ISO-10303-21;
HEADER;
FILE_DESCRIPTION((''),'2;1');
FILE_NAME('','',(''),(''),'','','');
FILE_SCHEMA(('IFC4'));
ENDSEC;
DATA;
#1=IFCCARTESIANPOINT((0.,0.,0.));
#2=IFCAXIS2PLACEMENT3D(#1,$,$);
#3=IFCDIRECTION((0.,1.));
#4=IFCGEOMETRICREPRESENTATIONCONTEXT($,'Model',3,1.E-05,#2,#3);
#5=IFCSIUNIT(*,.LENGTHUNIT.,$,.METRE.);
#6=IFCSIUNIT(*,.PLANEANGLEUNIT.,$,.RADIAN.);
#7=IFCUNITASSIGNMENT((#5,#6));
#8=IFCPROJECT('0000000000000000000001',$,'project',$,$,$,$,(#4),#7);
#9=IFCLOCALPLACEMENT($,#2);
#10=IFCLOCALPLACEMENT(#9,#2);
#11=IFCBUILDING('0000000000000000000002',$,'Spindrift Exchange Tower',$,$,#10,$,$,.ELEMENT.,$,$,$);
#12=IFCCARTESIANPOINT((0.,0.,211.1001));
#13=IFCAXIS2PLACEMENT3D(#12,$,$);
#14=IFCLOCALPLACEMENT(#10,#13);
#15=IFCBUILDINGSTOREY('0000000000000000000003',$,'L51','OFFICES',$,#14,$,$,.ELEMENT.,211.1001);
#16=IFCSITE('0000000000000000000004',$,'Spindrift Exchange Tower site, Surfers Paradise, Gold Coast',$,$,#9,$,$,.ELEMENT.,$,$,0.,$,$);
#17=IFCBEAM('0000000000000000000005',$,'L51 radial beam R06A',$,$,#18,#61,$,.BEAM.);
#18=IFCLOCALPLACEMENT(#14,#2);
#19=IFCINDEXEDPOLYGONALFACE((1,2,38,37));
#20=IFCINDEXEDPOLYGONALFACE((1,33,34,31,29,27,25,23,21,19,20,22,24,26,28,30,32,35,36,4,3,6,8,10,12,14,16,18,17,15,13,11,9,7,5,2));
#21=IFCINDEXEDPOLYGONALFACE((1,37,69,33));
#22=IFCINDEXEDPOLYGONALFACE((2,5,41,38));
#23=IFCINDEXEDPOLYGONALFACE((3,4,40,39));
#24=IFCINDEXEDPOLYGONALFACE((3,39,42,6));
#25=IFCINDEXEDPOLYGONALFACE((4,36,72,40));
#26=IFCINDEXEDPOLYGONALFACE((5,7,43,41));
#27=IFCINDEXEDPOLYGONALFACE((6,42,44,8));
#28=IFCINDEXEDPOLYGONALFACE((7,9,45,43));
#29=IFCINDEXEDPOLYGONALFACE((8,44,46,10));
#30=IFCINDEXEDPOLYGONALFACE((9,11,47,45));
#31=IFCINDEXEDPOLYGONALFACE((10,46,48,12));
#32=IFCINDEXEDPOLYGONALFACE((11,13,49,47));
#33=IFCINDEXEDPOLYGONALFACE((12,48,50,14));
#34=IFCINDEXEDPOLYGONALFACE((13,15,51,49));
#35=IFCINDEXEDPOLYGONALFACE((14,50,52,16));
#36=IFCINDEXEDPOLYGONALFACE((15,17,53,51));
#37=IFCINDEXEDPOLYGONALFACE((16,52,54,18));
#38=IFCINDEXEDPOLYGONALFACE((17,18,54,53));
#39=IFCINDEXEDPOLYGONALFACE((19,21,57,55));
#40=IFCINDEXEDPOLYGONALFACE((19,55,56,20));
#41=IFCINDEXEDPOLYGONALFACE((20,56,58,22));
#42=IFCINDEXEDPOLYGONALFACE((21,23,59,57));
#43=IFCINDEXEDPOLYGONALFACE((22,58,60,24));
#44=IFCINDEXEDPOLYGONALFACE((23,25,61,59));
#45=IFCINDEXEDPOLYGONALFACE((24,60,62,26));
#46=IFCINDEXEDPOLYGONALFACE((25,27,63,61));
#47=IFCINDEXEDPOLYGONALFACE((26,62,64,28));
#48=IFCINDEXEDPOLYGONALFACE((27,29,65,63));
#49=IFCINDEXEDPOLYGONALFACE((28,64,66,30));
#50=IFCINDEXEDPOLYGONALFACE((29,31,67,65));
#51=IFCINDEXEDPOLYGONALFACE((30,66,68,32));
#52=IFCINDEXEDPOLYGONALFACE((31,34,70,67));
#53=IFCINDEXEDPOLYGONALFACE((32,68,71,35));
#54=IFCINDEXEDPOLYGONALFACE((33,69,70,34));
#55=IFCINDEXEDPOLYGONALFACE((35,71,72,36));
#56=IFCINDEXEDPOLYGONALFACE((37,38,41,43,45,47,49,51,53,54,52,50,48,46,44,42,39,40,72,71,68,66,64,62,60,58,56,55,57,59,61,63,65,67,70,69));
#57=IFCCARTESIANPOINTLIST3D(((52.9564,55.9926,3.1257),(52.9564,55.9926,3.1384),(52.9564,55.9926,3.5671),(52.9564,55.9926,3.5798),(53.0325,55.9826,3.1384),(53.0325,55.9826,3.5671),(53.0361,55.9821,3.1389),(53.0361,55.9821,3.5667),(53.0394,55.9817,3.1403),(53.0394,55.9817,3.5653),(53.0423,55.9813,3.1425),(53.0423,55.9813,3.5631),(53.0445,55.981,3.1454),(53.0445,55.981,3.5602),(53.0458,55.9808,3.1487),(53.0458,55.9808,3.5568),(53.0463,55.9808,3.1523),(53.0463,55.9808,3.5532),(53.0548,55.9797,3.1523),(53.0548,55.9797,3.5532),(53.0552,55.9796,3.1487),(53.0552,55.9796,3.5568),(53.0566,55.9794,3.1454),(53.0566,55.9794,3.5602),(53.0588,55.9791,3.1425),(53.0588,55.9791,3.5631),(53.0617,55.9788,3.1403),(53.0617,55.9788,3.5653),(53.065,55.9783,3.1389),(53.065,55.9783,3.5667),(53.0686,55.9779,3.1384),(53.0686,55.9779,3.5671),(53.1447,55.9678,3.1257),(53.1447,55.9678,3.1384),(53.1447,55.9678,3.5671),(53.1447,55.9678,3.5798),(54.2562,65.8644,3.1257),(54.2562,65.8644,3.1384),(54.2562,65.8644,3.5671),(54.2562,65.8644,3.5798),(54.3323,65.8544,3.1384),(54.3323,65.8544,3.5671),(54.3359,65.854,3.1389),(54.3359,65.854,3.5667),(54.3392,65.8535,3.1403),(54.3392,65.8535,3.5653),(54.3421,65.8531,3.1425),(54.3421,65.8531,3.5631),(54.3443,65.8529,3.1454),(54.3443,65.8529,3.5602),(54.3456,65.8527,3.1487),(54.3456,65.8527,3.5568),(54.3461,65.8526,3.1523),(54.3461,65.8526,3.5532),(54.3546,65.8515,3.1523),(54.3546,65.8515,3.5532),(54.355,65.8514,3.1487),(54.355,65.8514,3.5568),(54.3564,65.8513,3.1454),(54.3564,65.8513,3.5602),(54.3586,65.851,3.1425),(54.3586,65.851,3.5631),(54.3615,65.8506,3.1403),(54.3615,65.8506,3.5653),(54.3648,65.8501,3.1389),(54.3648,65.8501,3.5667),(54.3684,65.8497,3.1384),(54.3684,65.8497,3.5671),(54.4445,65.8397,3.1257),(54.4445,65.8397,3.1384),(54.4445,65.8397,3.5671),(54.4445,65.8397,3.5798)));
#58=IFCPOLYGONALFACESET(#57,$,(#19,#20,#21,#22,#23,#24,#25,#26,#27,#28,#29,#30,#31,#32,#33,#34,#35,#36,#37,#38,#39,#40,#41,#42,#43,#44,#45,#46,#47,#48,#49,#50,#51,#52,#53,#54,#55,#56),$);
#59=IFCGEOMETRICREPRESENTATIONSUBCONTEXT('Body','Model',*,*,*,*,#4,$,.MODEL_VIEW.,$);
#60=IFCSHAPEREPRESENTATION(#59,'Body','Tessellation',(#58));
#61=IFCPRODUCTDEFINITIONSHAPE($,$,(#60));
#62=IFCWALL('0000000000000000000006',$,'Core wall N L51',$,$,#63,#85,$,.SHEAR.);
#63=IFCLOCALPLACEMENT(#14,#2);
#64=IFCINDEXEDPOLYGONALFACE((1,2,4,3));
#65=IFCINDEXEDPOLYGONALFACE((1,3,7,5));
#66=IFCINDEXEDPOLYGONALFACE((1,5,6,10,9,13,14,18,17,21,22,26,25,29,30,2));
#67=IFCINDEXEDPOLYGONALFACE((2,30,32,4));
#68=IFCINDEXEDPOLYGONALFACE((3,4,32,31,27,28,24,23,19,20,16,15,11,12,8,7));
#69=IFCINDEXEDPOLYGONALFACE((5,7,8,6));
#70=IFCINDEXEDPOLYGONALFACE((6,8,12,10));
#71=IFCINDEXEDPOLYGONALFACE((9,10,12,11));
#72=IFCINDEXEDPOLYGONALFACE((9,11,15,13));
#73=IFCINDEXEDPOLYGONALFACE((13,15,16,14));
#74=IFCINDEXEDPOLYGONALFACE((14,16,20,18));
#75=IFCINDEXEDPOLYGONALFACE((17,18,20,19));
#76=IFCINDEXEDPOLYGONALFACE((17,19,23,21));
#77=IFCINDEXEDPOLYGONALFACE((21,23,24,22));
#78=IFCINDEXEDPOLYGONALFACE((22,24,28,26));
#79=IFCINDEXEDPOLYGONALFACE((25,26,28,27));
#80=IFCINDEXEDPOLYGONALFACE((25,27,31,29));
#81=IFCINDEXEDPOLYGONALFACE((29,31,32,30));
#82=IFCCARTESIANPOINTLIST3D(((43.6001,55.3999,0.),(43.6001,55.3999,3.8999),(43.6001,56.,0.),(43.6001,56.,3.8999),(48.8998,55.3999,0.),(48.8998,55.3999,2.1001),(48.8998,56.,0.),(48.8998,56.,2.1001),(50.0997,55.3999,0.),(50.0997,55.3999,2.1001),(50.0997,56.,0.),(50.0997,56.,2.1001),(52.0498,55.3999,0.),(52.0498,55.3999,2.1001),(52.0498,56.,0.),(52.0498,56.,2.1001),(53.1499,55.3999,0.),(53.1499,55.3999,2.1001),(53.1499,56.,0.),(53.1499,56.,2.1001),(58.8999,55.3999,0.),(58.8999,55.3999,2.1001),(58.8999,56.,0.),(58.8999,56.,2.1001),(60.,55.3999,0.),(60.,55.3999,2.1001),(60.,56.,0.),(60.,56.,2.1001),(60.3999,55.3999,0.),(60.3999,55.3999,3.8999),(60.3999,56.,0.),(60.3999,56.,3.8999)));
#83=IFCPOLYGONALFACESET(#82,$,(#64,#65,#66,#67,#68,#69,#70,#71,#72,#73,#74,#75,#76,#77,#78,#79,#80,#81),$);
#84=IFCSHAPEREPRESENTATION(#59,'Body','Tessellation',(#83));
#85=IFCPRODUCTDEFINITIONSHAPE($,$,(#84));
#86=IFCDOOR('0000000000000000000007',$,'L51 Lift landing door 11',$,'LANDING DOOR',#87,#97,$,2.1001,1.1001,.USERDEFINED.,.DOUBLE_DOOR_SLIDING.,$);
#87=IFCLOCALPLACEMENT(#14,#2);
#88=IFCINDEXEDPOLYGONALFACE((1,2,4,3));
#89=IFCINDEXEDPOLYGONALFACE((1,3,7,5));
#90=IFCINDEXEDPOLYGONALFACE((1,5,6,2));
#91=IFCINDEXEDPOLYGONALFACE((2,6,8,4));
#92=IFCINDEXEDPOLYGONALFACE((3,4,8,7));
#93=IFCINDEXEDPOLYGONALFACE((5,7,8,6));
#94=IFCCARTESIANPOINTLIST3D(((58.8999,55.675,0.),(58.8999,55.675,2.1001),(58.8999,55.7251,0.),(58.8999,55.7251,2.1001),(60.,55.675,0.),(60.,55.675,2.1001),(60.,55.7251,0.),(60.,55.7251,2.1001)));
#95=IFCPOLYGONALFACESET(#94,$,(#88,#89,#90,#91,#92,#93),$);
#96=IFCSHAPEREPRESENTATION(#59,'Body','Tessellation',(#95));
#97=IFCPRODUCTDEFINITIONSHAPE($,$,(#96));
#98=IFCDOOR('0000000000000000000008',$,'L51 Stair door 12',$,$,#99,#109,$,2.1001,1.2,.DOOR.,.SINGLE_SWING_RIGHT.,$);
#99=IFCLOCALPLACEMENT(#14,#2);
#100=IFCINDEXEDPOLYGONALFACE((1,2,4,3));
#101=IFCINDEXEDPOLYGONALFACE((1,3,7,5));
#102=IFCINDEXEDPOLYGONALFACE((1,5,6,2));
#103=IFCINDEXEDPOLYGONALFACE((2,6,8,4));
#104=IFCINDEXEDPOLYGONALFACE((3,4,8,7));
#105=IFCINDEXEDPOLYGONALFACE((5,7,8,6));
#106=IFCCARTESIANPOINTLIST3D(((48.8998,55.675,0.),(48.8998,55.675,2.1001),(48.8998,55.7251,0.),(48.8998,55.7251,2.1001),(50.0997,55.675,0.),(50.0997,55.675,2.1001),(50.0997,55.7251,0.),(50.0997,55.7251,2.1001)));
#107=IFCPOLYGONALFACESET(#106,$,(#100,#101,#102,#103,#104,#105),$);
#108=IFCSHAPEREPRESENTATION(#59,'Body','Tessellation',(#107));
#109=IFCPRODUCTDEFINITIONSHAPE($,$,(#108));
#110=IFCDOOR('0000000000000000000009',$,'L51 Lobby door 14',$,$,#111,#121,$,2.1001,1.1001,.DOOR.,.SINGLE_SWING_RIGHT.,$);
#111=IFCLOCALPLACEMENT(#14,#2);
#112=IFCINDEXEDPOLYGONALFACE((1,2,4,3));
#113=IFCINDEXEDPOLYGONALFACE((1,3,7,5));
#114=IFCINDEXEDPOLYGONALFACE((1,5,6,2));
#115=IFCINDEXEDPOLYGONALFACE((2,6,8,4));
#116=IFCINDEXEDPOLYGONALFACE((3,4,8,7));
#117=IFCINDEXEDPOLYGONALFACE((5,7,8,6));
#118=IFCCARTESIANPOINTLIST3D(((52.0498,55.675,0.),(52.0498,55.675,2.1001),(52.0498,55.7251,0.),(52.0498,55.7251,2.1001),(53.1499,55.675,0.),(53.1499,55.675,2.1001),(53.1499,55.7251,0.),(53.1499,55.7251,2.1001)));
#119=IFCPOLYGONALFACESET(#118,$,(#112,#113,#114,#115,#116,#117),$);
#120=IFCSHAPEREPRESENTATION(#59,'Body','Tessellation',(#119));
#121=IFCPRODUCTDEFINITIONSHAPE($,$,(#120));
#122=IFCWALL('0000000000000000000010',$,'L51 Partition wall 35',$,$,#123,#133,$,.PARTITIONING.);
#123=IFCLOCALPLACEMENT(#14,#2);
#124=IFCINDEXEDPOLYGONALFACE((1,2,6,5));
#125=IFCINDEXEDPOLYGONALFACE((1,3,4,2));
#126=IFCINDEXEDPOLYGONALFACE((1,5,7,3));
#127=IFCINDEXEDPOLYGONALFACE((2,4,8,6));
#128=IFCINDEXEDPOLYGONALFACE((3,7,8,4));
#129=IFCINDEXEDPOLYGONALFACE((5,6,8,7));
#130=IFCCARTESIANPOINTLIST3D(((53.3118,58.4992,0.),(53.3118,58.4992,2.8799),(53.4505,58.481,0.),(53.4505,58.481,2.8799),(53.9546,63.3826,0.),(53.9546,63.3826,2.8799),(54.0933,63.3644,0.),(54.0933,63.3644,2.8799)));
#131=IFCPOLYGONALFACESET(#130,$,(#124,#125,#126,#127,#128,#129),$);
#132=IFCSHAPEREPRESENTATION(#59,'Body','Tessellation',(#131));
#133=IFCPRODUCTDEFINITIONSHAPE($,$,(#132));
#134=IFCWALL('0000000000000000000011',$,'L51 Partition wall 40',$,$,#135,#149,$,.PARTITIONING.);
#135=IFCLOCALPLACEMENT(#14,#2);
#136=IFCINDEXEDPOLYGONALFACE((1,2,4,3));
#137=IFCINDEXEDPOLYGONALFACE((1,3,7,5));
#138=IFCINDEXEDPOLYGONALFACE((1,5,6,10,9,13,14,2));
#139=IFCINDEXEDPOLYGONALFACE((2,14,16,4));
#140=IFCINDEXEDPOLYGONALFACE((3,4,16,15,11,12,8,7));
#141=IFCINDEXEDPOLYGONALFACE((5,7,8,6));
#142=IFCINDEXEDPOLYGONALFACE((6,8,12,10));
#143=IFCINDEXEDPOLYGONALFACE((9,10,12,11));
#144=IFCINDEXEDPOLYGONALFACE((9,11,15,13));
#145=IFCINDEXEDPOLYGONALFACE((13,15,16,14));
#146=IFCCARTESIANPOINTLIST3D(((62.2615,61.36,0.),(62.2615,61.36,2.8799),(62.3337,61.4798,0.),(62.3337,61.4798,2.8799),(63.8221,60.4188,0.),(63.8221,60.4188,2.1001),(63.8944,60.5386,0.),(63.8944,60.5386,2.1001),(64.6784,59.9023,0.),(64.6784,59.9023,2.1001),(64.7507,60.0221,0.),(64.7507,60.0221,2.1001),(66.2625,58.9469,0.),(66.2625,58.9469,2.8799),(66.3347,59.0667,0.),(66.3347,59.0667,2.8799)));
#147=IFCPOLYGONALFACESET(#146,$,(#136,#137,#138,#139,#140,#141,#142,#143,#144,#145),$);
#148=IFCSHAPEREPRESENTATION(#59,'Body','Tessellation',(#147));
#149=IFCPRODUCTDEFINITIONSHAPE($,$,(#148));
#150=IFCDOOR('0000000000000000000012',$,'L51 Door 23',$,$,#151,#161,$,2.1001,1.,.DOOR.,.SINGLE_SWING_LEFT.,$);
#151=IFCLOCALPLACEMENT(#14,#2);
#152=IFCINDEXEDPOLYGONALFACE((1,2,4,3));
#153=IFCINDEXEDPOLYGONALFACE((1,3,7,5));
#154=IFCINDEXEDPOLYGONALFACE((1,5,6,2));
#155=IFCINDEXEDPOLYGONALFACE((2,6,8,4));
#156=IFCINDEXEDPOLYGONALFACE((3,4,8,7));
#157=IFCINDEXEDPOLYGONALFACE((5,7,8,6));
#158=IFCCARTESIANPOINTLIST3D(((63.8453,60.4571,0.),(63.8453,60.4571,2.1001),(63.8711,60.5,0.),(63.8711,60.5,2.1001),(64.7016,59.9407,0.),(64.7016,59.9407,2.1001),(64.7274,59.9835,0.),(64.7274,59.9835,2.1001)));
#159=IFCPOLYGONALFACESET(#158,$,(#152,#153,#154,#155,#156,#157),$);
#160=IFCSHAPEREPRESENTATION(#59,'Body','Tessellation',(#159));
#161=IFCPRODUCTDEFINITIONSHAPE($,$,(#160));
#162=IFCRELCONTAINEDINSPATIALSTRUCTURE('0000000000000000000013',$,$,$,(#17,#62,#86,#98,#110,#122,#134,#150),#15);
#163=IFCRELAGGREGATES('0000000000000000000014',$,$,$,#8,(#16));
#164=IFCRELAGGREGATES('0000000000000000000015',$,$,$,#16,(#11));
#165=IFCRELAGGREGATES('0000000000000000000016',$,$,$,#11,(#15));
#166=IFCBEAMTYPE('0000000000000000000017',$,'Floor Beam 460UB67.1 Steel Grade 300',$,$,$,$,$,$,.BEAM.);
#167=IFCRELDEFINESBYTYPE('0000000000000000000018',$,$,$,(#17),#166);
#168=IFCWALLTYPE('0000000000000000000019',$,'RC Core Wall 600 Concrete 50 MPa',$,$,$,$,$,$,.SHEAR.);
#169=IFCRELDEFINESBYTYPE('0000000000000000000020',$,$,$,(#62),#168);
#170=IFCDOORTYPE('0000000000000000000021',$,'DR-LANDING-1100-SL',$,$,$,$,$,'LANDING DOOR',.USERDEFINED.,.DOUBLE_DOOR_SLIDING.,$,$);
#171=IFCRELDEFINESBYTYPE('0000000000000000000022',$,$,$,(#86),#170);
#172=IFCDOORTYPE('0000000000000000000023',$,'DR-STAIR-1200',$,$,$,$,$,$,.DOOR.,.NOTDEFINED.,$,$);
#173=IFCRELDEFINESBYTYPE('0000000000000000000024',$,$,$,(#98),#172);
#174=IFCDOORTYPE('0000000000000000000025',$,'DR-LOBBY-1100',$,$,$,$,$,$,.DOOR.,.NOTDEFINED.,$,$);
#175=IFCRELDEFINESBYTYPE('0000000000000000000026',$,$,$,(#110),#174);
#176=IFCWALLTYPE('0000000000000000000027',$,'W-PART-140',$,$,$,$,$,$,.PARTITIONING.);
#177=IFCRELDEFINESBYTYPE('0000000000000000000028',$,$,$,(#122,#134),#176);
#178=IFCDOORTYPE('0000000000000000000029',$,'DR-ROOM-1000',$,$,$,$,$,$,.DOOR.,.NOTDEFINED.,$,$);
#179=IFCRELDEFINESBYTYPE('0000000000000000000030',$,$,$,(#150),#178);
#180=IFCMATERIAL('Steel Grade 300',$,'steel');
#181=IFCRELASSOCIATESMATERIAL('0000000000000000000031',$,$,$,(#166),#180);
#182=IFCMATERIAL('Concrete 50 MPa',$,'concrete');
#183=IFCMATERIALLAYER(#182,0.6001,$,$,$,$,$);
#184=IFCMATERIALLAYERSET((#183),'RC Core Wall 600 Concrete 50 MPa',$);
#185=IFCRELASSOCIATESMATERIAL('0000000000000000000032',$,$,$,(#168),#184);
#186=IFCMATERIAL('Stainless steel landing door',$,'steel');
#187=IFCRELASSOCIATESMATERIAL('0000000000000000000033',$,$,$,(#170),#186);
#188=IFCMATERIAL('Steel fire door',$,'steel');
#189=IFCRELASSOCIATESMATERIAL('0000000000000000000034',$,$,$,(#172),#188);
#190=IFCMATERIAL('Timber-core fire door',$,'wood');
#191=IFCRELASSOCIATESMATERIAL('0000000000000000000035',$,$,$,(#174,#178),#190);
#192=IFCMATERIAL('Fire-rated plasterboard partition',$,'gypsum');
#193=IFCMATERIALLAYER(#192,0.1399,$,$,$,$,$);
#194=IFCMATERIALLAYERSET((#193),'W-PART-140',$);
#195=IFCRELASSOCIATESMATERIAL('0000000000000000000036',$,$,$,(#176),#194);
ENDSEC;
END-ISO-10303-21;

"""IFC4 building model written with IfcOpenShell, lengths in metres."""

from ifc_helpers import new_model, si_unit, direction, frame, frame_2d, origin, origin_2d, place, context, subcontext, project, spatial, rectangle, i_section, extrude, source, transform, mapped, material, layer, layer_set, material_profile, profile_set, type_object, element, fill, save


model = new_model("IFC4")

# Units and contexts
model_context = context("Model", 3, precision=1e-05, world=origin(), true_north=direction((0.0, 1.0)))
body_context = subcontext(model_context, "Body", "Model", "MODEL_VIEW")
ifc_project = project(units=[si_unit("LENGTHUNIT", "METRE"), si_unit("PLANEANGLEUNIT", "RADIAN")], contexts=[model_context])

# Site, building, storey
site_placement = place(None, origin())
site = spatial("IfcSite", under=ifc_project, at=site_placement, Name="Spindrift Exchange Tower site, Surfers Paradise, Gold Coast", CompositionType="ELEMENT", RefElevation=0.0)
building_placement = place(site_placement, origin())
building = spatial("IfcBuilding", under=site, at=building_placement, Name="Spindrift Exchange Tower", CompositionType="ELEMENT")
storey_placement = place(building_placement, frame((0.0, 0.0, 211.1001)))
storey = spatial("IfcBuildingStorey", under=building, at=storey_placement, Name="L51", Description="OFFICES", CompositionType="ELEMENT", Elevation=211.1001)

# Beam
ifc_material_1 = material(Name="Steel Grade 300", Category="steel")
ifc_material_profile_1 = material_profile(ifc_material_1, i_section(OverallWidth=0.1899, OverallDepth=0.4541, WebThickness=0.0085, FlangeThickness=0.0127, FilletRadius=0.0139, at=origin_2d()), Name="460UB67.1")
ifc_profile_set_1 = profile_set([ifc_material_profile_1], Name="Steel Grade 300")
beam_type_1 = type_object("IfcBeamType", Name="Floor Beam 460UB67.1 Steel Grade 300", PredefinedType="BEAM", material=ifc_profile_set_1)
shared_shape_1 = source(origin(), body_context, "Body", "SweptSolid", [
    extrude(i_section(OverallWidth=0.1899, OverallDepth=0.4541, WebThickness=0.0085, FlangeThickness=0.0127, FilletRadius=0.0139, at=origin_2d()), origin(), (0.0, 0.0, 1.0), 9.957),
])
beam_1_placement = place(storey_placement, frame((53.0505, 55.9802, 3.3528), z_axis=(0.130541, 0.991443, 0.0), x_axis=(-0.991443, 0.130541, 0.0)))
element("IfcBeam", 1, at=beam_1_placement, inside=storey, type_object=beam_type_1, Name="L51 radial beam R06A", PredefinedType="BEAM", context=body_context, shape_type="MappedRepresentation", body=[
    mapped(shared_shape_1, transform((0.0, 0.0, 0.0), scale=1.0)),
])

# Wall, openings, doors
ifc_material_2 = material(Name="Concrete 50 MPa", Category="concrete")
ifc_layer_1 = layer(ifc_material_2, 0.6001)
ifc_layer_set_1 = layer_set([ifc_layer_1], Name="RC Core Wall 600 Concrete 50 MPa")
wall_type_1 = type_object("IfcWallType", Name="RC Core Wall 600 Concrete 50 MPa", PredefinedType="SHEAR", material=ifc_layer_set_1)
wall_1_placement = place(storey_placement, frame((60.3999, 55.7, 0.0), z_axis=(0.0, 0.0, 1.0), x_axis=(-1.0, 0.0, 0.0)))
wall_1 = element("IfcWall", 2, at=wall_1_placement, inside=storey, type_object=wall_type_1, Name="Core wall N L51", PredefinedType="SHEAR", context=body_context, shape_type="SweptSolid", body=[
    extrude(rectangle(XDim=16.7998, YDim=0.6001, at=frame_2d((8.3999, 0.0))), origin(), (0.0, 0.0, 1.0), 3.8999),
])
opening_1_placement = place(wall_1_placement, frame((0.3999, 0.0, 0.0)))
opening_1 = element("IfcOpeningElement", 3, at=opening_1_placement, cuts=wall_1, PredefinedType="OPENING", context=body_context, shape_type="SweptSolid", body=[
    extrude(rectangle(XDim=1.1001, YDim=2.1001, at=frame_2d((0.55, 1.05))), frame((0.0, 0.3101, 0.0), z_axis=(0.0, -1.0, 0.0), x_axis=(1.0, 0.0, 0.0)), (0.0, 0.0, 1.0), 0.6201),
])
opening_2_placement = place(wall_1_placement, frame((10.3, 0.0, 0.0)))
opening_2 = element("IfcOpeningElement", 4, at=opening_2_placement, cuts=wall_1, PredefinedType="OPENING", context=body_context, shape_type="SweptSolid", body=[
    extrude(rectangle(XDim=1.2, YDim=2.1001, at=frame_2d((0.6001, 1.05))), frame((0.0, 0.3101, 0.0), z_axis=(0.0, -1.0, 0.0), x_axis=(1.0, 0.0, 0.0)), (0.0, 0.0, 1.0), 0.6201),
])
opening_3_placement = place(wall_1_placement, frame((7.25, 0.0, 0.0)))
opening_3 = element("IfcOpeningElement", 5, at=opening_3_placement, cuts=wall_1, PredefinedType="OPENING", context=body_context, shape_type="SweptSolid", body=[
    extrude(rectangle(XDim=1.1001, YDim=2.1001, at=frame_2d((0.55, 1.05))), frame((0.0, 0.3101, 0.0), z_axis=(0.0, -1.0, 0.0), x_axis=(1.0, 0.0, 0.0)), (0.0, 0.0, 1.0), 0.6201),
])
ifc_material_3 = material(Name="Stainless steel landing door", Category="steel")
door_type_1 = type_object("IfcDoorType", Name="DR-LANDING-1100-SL", ElementType="LANDING DOOR", OperationType="DOUBLE_DOOR_SLIDING", PredefinedType="USERDEFINED", material=ifc_material_3)
shared_shape_2 = source(origin(), body_context, "Body", "SweptSolid", [
    extrude(rectangle(XDim=1.1001, YDim=2.1001, at=frame_2d((0.55, 1.05))), frame((0.0, 0.0249, 0.0), z_axis=(0.0, -1.0, 0.0), x_axis=(1.0, 0.0, 0.0)), (0.0, 0.0, 1.0), 0.05),
])
door_1_placement = place(opening_1_placement, origin())
door_1 = element("IfcDoor", 6, at=door_1_placement, inside=storey, type_object=door_type_1, Name="L51 Lift landing door 11", ObjectType="LANDING DOOR", OperationType="DOUBLE_DOOR_SLIDING", OverallHeight=2.1001, OverallWidth=1.1001, PredefinedType="USERDEFINED", context=body_context, shape_type="MappedRepresentation", body=[
    mapped(shared_shape_2, transform((0.0, 0.0, 0.0), scale=1.0)),
])
fill(opening_1, door_1)
ifc_material_4 = material(Name="Steel fire door", Category="steel")
door_type_2 = type_object("IfcDoorType", Name="DR-STAIR-1200", OperationType="NOTDEFINED", PredefinedType="DOOR", material=ifc_material_4)
shared_shape_3 = source(origin(), body_context, "Body", "SweptSolid", [
    extrude(rectangle(XDim=1.2, YDim=2.1001, at=frame_2d((0.6001, 1.05))), frame((0.0, 0.0249, 0.0), z_axis=(0.0, -1.0, 0.0), x_axis=(1.0, 0.0, 0.0)), (0.0, 0.0, 1.0), 0.05),
])
door_2_placement = place(opening_2_placement, origin())
door_2 = element("IfcDoor", 7, at=door_2_placement, inside=storey, type_object=door_type_2, Name="L51 Stair door 12", OperationType="SINGLE_SWING_RIGHT", OverallHeight=2.1001, OverallWidth=1.2, PredefinedType="DOOR", context=body_context, shape_type="MappedRepresentation", body=[
    mapped(shared_shape_3, transform((0.0, 0.0, 0.0), scale=1.0)),
])
fill(opening_2, door_2)
ifc_material_5 = material(Name="Timber-core fire door", Category="wood")
door_type_3 = type_object("IfcDoorType", Name="DR-LOBBY-1100", OperationType="NOTDEFINED", PredefinedType="DOOR", material=ifc_material_5)
shared_shape_4 = source(origin(), body_context, "Body", "SweptSolid", [
    extrude(rectangle(XDim=1.1001, YDim=2.1001, at=frame_2d((0.55, 1.05))), frame((0.0, 0.0249, 0.0), z_axis=(0.0, -1.0, 0.0), x_axis=(1.0, 0.0, 0.0)), (0.0, 0.0, 1.0), 0.05),
])
door_3_placement = place(opening_3_placement, origin())
door_3 = element("IfcDoor", 8, at=door_3_placement, inside=storey, type_object=door_type_3, Name="L51 Lobby door 14", OperationType="SINGLE_SWING_RIGHT", OverallHeight=2.1001, OverallWidth=1.1001, PredefinedType="DOOR", context=body_context, shape_type="MappedRepresentation", body=[
    mapped(shared_shape_4, transform((0.0, 0.0, 0.0), scale=1.0)),
])
fill(opening_3, door_3)

# Wall
ifc_material_6 = material(Name="Fire-rated plasterboard partition", Category="gypsum")
ifc_layer_2 = layer(ifc_material_6, 0.1399)
ifc_layer_set_2 = layer_set([ifc_layer_2], Name="W-PART-140")
wall_type_2 = type_object("IfcWallType", Name="W-PART-140", PredefinedType="PARTITIONING", material=ifc_layer_set_2)
wall_2_placement = place(storey_placement, frame((53.3811, 58.49, 0.0), z_axis=(0.0, 0.0, 1.0), x_axis=(0.130511, 0.991447, 0.0)))
element("IfcWall", 9, at=wall_2_placement, inside=storey, type_object=wall_type_2, Name="L51 Partition wall 35", PredefinedType="PARTITIONING", context=body_context, shape_type="SweptSolid", body=[
    extrude(rectangle(XDim=4.9255, YDim=0.1399, at=frame_2d((2.4629, 0.0))), origin(), (0.0, 0.0, 1.0), 2.8799),
])

# Wall, opening, door
wall_3_placement = place(storey_placement, frame((62.2976, 61.4199, 0.0), z_axis=(0.0, 0.0, 1.0), x_axis=(0.85631, -0.516462, 0.0)))
wall_3 = element("IfcWall", 10, at=wall_3_placement, inside=storey, type_object=wall_type_2, Name="L51 Partition wall 40", PredefinedType="PARTITIONING", context=body_context, shape_type="SweptSolid", body=[
    extrude(rectangle(XDim=4.6724, YDim=0.1399, at=frame_2d((2.3362, 0.0))), origin(), (0.0, 0.0, 1.0), 2.8799),
])
opening_4_placement = place(wall_3_placement, frame((1.8225, 0.0, 0.0)))
opening_4 = element("IfcOpeningElement", 11, at=opening_4_placement, cuts=wall_3, PredefinedType="OPENING", context=body_context, shape_type="SweptSolid", body=[
    extrude(rectangle(XDim=1.0, YDim=2.1001, at=frame_2d((0.5, 1.05))), frame((0.0, 0.0798, 0.0), z_axis=(0.0, -1.0, 0.0), x_axis=(1.0, 0.0, 0.0)), (0.0, 0.0, 1.0), 0.1599),
])
door_type_4 = type_object("IfcDoorType", Name="DR-ROOM-1000", OperationType="NOTDEFINED", PredefinedType="DOOR", material=ifc_material_5)
shared_shape_5 = source(origin(), body_context, "Body", "SweptSolid", [
    extrude(rectangle(XDim=1.0, YDim=2.1001, at=frame_2d((0.5, 1.05))), frame((0.0, 0.0249, 0.0), z_axis=(0.0, -1.0, 0.0), x_axis=(1.0, 0.0, 0.0)), (0.0, 0.0, 1.0), 0.05),
])
door_4_placement = place(opening_4_placement, origin())
door_4 = element("IfcDoor", 12, at=door_4_placement, inside=storey, type_object=door_type_4, Name="L51 Door 23", OperationType="SINGLE_SWING_LEFT", OverallHeight=2.1001, OverallWidth=1.0, PredefinedType="DOOR", context=body_context, shape_type="MappedRepresentation", body=[
    mapped(shared_shape_5, transform((0.0, 0.0, 0.0), scale=1.0)),
])
fill(opening_4, door_4)

save(model, "model.ifc")
